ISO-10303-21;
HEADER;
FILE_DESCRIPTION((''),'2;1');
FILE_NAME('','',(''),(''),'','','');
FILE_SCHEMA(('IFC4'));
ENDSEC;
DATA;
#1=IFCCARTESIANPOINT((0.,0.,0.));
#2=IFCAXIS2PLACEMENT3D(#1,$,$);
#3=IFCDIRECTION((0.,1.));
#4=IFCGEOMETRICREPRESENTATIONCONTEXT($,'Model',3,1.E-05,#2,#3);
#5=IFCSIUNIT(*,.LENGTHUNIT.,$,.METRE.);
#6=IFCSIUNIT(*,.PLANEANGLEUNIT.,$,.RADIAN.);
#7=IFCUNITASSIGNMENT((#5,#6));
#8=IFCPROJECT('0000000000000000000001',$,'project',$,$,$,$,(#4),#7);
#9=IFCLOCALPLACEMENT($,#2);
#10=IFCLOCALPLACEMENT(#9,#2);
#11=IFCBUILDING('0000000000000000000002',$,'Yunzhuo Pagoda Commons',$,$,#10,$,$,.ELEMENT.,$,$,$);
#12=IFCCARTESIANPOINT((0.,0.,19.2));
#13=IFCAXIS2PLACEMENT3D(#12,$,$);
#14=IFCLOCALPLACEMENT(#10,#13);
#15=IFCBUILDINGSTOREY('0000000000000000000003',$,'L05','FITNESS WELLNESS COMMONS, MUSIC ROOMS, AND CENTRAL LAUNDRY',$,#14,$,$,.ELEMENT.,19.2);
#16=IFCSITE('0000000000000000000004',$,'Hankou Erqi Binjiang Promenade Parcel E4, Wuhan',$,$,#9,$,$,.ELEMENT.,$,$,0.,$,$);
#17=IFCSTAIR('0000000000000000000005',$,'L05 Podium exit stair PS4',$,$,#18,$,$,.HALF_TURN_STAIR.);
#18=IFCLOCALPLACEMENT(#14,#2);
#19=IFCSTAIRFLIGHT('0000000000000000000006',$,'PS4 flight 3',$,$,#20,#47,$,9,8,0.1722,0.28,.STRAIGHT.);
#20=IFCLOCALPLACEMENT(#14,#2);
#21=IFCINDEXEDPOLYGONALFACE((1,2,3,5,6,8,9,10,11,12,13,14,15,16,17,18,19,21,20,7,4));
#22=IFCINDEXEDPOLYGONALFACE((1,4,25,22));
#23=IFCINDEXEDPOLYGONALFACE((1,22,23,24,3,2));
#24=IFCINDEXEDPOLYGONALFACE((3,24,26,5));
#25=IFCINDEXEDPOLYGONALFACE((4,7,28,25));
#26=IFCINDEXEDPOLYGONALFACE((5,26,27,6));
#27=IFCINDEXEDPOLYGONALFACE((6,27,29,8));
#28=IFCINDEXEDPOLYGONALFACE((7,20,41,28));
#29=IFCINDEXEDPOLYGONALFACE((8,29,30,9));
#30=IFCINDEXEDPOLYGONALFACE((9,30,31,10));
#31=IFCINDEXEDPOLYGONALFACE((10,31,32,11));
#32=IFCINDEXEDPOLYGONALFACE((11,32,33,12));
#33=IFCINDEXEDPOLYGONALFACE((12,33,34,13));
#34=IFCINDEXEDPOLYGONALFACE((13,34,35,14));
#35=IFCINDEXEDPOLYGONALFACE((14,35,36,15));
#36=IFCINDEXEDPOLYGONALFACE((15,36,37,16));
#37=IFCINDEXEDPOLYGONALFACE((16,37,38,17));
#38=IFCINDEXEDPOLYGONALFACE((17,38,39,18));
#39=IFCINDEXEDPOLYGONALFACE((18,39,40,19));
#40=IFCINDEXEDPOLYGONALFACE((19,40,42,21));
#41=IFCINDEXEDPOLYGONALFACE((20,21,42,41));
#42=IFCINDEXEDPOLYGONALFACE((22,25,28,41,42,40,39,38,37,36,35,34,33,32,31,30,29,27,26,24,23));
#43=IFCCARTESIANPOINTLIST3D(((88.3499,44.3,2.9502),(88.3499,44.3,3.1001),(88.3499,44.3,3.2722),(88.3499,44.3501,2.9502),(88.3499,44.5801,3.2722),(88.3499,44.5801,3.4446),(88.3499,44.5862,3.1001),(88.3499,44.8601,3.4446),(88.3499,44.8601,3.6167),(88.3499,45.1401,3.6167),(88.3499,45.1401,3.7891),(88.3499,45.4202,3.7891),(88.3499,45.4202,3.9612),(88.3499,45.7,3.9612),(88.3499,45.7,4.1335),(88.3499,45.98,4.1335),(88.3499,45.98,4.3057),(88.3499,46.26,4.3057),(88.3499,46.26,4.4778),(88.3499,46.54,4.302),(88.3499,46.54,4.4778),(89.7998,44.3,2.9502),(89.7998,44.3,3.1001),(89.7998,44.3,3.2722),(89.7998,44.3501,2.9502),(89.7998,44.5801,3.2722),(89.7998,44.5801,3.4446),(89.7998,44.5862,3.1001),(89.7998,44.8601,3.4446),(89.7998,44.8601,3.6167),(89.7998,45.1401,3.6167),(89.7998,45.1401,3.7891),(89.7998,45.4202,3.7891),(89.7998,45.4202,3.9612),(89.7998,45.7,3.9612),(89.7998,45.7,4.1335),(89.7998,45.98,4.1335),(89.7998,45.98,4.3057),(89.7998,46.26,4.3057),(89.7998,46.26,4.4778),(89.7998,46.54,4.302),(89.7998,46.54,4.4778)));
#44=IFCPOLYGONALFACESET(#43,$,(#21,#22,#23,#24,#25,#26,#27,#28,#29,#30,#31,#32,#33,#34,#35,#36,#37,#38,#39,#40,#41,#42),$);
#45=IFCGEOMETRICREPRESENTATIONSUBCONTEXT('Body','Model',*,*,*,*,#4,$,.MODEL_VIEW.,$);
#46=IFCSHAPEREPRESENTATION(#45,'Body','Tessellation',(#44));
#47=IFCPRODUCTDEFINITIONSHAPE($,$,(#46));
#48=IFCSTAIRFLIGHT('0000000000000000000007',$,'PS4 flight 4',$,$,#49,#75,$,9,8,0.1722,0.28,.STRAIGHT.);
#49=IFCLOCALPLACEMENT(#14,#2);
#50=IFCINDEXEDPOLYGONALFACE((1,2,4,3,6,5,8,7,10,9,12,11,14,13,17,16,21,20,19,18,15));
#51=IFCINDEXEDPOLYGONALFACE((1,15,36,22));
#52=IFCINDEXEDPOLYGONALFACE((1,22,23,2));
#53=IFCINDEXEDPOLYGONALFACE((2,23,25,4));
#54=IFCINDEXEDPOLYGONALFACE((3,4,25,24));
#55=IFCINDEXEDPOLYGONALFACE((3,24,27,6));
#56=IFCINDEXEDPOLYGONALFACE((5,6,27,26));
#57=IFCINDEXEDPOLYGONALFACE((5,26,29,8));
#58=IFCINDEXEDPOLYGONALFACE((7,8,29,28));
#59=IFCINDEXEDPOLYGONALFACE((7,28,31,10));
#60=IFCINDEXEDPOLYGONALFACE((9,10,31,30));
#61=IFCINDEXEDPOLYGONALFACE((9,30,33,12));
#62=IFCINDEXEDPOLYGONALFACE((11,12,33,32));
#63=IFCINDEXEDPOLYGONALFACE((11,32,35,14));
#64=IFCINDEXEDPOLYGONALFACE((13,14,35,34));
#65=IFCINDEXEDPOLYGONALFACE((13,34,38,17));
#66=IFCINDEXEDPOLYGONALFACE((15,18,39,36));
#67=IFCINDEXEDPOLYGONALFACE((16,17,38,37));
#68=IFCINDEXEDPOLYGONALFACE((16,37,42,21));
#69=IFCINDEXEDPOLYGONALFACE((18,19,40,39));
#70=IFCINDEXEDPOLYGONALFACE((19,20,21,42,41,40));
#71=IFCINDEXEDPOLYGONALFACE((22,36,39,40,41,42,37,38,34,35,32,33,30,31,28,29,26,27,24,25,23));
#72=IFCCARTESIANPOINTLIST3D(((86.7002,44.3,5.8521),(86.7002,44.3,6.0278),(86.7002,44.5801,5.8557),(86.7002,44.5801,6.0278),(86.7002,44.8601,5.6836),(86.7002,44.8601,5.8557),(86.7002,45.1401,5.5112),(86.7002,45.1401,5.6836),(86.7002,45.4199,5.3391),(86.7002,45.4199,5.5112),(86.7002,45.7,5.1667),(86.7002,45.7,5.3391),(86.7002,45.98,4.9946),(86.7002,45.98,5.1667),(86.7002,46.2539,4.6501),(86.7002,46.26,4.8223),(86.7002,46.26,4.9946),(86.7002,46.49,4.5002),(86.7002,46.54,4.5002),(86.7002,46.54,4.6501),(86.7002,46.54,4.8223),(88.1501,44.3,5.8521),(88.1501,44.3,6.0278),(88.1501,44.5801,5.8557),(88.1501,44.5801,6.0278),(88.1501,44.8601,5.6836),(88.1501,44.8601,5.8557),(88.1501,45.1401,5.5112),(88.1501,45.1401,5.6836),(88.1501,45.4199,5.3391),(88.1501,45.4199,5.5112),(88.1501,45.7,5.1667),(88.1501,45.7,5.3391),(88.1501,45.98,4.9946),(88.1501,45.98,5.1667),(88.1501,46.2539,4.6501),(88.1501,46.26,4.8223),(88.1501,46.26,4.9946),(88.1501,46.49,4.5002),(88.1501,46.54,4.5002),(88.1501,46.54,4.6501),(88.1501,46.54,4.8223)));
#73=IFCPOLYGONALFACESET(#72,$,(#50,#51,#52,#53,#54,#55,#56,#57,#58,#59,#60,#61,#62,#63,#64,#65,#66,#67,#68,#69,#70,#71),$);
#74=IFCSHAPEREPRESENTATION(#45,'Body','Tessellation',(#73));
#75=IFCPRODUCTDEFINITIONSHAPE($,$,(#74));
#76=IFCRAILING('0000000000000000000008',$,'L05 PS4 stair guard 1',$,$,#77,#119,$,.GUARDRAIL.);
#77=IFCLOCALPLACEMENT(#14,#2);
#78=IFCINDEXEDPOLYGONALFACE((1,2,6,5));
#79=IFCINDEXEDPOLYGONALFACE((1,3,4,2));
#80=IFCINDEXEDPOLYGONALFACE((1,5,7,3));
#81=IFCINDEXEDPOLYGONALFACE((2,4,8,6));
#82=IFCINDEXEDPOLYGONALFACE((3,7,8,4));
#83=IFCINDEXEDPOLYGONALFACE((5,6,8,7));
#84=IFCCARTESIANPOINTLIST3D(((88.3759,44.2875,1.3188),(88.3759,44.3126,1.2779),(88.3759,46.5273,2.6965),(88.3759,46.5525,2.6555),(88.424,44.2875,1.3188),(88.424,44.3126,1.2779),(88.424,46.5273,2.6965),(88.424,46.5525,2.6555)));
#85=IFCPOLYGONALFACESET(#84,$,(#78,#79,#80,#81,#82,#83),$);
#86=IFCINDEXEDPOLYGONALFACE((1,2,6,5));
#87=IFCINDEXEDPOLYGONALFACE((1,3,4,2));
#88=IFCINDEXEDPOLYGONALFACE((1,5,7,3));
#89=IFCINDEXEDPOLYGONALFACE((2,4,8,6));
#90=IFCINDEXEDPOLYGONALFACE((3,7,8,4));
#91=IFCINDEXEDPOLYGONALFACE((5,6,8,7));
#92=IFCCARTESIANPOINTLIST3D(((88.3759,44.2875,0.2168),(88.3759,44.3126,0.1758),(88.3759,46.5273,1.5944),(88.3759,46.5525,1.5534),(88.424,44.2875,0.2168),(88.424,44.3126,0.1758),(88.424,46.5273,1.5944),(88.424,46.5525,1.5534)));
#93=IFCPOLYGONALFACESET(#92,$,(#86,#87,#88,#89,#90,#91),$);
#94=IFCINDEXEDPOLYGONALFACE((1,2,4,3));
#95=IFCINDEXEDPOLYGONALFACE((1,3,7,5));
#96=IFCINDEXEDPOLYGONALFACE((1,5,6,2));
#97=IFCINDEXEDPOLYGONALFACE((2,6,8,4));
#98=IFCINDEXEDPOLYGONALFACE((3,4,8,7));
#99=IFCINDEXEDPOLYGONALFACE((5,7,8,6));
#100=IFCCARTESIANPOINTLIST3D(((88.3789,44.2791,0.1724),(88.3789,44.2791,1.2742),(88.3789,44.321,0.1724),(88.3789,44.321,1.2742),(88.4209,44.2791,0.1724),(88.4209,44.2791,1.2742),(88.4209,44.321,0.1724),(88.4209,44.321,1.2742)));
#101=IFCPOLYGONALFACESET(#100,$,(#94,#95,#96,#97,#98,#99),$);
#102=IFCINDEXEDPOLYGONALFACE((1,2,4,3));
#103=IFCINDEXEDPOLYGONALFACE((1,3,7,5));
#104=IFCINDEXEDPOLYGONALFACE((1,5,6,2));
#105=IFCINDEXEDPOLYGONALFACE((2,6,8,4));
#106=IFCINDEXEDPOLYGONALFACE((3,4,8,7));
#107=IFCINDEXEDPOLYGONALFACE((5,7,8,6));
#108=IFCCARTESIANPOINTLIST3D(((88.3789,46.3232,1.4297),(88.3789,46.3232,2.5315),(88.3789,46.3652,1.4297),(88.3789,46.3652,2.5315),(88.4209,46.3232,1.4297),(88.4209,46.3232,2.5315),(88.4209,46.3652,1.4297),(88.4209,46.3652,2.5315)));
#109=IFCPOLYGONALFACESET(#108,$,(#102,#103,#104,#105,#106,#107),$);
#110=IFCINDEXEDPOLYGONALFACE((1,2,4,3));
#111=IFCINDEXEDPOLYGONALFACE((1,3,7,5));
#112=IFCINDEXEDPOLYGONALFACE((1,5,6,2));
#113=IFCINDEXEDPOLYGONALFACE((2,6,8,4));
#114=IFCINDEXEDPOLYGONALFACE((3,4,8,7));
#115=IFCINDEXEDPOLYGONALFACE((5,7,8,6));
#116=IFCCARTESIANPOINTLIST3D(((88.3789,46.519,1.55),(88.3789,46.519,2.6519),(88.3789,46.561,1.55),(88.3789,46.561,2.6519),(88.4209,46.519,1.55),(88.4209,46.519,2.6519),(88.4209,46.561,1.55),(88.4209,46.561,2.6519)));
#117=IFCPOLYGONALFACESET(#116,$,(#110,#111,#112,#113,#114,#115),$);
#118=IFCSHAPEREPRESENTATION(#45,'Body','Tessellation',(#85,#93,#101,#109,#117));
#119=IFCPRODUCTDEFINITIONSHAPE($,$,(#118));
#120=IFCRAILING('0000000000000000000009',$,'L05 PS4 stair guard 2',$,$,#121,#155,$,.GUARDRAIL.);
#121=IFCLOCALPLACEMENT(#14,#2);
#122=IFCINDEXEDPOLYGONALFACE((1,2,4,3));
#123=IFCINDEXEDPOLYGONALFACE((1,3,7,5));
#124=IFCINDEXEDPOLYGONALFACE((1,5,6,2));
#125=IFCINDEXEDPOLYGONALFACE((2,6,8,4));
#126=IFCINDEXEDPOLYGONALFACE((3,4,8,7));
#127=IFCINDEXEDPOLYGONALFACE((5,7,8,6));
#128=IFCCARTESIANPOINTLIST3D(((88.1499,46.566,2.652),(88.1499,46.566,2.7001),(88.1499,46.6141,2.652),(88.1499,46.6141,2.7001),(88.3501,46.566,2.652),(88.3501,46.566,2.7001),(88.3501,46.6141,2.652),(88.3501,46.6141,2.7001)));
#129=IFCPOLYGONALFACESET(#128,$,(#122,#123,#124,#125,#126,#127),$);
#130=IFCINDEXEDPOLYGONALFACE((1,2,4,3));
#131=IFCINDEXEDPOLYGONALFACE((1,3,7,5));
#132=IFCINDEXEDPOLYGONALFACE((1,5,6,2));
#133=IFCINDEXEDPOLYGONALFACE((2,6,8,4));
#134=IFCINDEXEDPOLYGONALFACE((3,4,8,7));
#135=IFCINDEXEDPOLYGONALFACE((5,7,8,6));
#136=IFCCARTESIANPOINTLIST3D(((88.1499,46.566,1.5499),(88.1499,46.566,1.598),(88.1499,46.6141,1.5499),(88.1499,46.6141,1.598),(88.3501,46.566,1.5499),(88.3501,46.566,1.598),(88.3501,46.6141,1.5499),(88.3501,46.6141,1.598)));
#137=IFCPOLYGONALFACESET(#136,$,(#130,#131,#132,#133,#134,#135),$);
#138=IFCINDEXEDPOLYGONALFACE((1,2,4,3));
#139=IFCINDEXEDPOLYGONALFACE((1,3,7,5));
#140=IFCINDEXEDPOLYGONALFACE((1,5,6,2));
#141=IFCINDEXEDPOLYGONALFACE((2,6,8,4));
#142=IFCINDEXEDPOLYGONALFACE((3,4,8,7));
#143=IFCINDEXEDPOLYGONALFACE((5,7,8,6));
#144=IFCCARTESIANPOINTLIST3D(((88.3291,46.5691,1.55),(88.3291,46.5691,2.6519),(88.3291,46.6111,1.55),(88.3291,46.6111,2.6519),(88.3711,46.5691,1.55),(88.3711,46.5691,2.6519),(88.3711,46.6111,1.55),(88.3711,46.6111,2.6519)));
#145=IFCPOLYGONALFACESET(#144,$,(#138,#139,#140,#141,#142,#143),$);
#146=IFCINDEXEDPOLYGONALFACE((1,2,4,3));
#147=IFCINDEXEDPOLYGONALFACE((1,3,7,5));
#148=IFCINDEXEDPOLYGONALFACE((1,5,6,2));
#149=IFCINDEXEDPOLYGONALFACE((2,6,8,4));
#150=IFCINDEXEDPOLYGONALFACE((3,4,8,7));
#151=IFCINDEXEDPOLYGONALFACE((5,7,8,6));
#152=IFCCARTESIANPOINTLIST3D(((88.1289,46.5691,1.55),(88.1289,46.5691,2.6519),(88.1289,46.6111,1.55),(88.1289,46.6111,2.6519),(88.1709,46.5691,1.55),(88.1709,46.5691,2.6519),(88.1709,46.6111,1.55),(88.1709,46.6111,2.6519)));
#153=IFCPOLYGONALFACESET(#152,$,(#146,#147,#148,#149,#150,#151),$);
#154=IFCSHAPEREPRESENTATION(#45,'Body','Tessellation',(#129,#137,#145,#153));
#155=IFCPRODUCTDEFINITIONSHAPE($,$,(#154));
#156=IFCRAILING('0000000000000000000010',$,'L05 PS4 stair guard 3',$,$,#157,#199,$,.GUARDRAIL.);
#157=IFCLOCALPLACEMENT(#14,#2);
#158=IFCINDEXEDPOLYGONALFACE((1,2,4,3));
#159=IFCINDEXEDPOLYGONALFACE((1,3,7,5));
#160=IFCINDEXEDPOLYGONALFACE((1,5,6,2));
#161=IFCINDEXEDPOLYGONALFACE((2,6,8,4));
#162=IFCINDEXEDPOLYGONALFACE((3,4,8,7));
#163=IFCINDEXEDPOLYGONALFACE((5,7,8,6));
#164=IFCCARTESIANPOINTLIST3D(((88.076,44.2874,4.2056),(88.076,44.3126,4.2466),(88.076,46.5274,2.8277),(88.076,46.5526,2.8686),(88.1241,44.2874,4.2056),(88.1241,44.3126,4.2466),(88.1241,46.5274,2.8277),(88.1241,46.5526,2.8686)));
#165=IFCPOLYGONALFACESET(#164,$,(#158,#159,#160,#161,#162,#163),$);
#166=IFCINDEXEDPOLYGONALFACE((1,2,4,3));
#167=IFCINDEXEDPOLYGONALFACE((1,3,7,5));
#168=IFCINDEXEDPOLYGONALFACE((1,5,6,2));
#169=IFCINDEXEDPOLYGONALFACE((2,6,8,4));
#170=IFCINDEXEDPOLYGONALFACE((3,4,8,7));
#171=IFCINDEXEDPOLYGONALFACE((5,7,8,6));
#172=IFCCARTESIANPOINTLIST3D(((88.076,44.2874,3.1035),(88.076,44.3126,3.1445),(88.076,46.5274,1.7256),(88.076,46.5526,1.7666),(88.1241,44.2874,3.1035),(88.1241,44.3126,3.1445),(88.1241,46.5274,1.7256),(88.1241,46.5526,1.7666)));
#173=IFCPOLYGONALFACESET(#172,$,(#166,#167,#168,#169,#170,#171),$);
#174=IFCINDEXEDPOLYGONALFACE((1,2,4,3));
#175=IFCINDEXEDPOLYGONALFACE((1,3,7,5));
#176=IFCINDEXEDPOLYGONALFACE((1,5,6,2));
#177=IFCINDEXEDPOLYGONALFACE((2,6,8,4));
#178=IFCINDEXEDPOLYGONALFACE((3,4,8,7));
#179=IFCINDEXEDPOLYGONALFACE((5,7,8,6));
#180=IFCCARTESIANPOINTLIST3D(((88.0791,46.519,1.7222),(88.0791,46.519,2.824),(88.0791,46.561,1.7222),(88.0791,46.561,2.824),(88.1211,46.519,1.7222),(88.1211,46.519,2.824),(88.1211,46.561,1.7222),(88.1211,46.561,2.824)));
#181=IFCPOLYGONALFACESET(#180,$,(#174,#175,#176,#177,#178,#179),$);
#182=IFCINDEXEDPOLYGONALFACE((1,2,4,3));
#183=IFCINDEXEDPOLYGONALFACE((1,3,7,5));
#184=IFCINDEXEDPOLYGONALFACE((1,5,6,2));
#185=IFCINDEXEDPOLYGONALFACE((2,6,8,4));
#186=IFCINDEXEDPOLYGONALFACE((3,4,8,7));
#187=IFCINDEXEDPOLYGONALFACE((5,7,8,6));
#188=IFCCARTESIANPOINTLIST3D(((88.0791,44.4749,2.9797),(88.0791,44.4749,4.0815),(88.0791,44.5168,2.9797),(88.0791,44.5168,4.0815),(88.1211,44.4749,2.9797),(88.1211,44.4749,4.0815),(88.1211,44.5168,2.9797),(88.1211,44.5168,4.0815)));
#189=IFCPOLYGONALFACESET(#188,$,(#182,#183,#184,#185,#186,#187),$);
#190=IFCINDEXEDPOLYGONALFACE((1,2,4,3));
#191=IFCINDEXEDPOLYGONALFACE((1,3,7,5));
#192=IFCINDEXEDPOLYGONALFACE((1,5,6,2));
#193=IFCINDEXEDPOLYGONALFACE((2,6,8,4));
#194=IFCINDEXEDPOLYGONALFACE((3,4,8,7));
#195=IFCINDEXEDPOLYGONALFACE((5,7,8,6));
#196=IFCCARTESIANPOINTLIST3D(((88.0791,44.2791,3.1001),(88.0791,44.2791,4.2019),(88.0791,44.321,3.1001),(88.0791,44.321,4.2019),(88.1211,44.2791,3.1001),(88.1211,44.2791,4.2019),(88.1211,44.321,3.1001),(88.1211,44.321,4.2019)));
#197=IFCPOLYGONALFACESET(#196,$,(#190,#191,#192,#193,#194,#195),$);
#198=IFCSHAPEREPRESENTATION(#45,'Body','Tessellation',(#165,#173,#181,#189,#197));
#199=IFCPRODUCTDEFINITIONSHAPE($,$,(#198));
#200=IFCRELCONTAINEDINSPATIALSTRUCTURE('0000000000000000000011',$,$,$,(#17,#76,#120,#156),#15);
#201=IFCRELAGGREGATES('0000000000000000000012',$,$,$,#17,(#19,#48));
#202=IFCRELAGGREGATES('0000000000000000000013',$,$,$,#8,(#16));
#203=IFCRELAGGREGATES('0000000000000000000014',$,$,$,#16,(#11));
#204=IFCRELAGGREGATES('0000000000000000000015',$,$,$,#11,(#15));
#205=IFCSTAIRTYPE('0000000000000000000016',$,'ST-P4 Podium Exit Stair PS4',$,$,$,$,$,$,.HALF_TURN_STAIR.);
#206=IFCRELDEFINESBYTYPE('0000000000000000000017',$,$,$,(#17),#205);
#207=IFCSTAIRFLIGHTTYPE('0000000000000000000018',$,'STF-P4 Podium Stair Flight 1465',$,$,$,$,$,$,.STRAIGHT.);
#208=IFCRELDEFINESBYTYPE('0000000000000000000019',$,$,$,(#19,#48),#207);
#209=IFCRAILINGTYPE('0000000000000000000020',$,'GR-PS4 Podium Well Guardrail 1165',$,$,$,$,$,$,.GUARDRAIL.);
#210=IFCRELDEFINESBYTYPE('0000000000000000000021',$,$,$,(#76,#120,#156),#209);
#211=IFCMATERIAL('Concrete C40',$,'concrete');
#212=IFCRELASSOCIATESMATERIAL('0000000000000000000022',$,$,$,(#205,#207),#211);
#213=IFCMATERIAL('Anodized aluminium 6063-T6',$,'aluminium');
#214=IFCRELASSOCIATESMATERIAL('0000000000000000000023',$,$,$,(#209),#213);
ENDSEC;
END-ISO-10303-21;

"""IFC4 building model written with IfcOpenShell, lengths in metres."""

from ifc_helpers import new_model, si_unit, direction, frame, origin, origin_2d, place, context, subcontext, project, spatial, polyline, rectangle, outline, extrude, source, transform, mapped, material, type_object, element, aggregate, save


model = new_model("IFC4")

# Units and contexts
model_context = context("Model", 3, precision=1e-05, world=origin(), true_north=direction((0.0, 1.0)))
body_context = subcontext(model_context, "Body", "Model", "MODEL_VIEW")
ifc_project = project(units=[si_unit("LENGTHUNIT", "METRE"), si_unit("PLANEANGLEUNIT", "RADIAN")], contexts=[model_context])

# Site, building, storey
site_placement = place(None, origin())
site = spatial("IfcSite", under=ifc_project, at=site_placement, Name="Hankou Erqi Binjiang Promenade Parcel E4, Wuhan", CompositionType="ELEMENT", RefElevation=0.0)
building_placement = place(site_placement, origin())
building = spatial("IfcBuilding", under=site, at=building_placement, Name="Yunzhuo Pagoda Commons", CompositionType="ELEMENT")
storey_placement = place(building_placement, frame((0.0, 0.0, 19.2)))
storey = spatial("IfcBuildingStorey", under=building, at=storey_placement, Name="L05", Description="FITNESS WELLNESS COMMONS, MUSIC ROOMS, AND CENTRAL LAUNDRY", CompositionType="ELEMENT", Elevation=19.2)

# Stair, stair flights
ifc_material_1 = material(Name="Concrete C40", Category="concrete")
stair_type = type_object("IfcStairType", Name="ST-P4 Podium Exit Stair PS4", PredefinedType="HALF_TURN_STAIR", material=ifc_material_1)
stair_placement = place(storey_placement, origin())
stair = element("IfcStair", 1, at=stair_placement, inside=storey, type_object=stair_type, Name="L05 Podium exit stair PS4", PredefinedType="HALF_TURN_STAIR")
stair_flight_type = type_object("IfcStairFlightType", Name="STF-P4 Podium Stair Flight 1465", PredefinedType="STRAIGHT", material=ifc_material_1)
shared_shape_1 = source(origin(), body_context, "Body", "SweptSolid", [
    extrude(outline(polyline([(0.0, -0.1499), (0.0, 0.0), (0.0, 0.1721), (0.28, 0.1721), (0.28, 0.3445), (0.5601, 0.3445), (0.5601, 0.5166), (0.8401, 0.5166), (0.8401, 0.689), (1.1201, 0.689), (1.1201, 0.8611), (1.3999, 0.8611), (1.3999, 1.0334), (1.6799, 1.0334), (1.6799, 1.2056), (1.96, 1.2056), (1.96, 1.3777), (2.24, 1.3777), (2.24, 1.55), (2.24, 1.2019), (0.2861, 0.0), (0.05, -0.1499), (0.0, -0.1499)])), frame((0.0, 0.7251, 0.0), z_axis=(0.0, -1.0, 0.0), x_axis=(1.0, 0.0, 0.0)), (0.0, 0.0, 1.0), 1.45),
])
stair_flight_1_placement = place(storey_placement, frame((89.075, 44.3, 3.1001), z_axis=(0.0, 0.0, 1.0), x_axis=(0.0, 1.0, 0.0)))
stair_flight_1 = element("IfcStairFlight", 2, at=stair_flight_1_placement, type_object=stair_flight_type, Name="PS4 flight 3", NumberOfRisers=9, NumberOfTreads=8, PredefinedType="STRAIGHT", RiserHeight=0.1722, TreadLength=0.28, context=body_context, shape_type="MappedRepresentation", body=[
    mapped(shared_shape_1, transform((0.0, 0.0, 0.0), scale=1.0)),
])
stair_flight_2_placement = place(storey_placement, frame((87.425, 46.54, 4.6501), z_axis=(0.0, 0.0, 1.0), x_axis=(0.0, -1.0, 0.0)))
stair_flight_2 = element("IfcStairFlight", 3, at=stair_flight_2_placement, type_object=stair_flight_type, Name="PS4 flight 4", NumberOfRisers=9, NumberOfTreads=8, PredefinedType="STRAIGHT", RiserHeight=0.1722, TreadLength=0.28, context=body_context, shape_type="MappedRepresentation", body=[
    mapped(shared_shape_1, transform((0.0, 0.0, 0.0), scale=1.0)),
])
aggregate(stair, [stair_flight_1, stair_flight_2])

# Railings
ifc_material_2 = material(Name="Anodized aluminium 6063-T6", Category="aluminium")
railing_type_1 = type_object("IfcRailingType", Name="GR-PS4 Podium Well Guardrail 1165", PredefinedType="GUARDRAIL", material=ifc_material_2)
railing_1_placement = place(storey_placement, frame((88.3999, 44.3, 0.1724)))
element("IfcRailing", 4, at=railing_1_placement, inside=storey, type_object=railing_type_1, Name="L05 PS4 stair guard 1", PredefinedType="GUARDRAIL", context=body_context, shape_type="SweptSolid", body=[
    extrude(rectangle(XDim=0.0481, YDim=0.0481, at=origin_2d()), frame((0.0, 0.0, 1.126), z_axis=(0.0, 0.851789, 0.523885), x_axis=(-1.0, 0.0, 0.0)), (0.0, 0.0, 1.0), 2.6296),
    extrude(rectangle(XDim=0.0481, YDim=0.0481, at=origin_2d()), frame((0.0, 0.0, 0.0239), z_axis=(0.0, 0.851789, 0.523885), x_axis=(-1.0, 0.0, 0.0)), (0.0, 0.0, 1.0), 2.6296),
    extrude(rectangle(XDim=0.042, YDim=0.042, at=origin_2d()), origin(), (0.0, 0.0, 1.0), 1.1018),
    extrude(rectangle(XDim=0.042, YDim=0.042, at=origin_2d()), frame((0.0, 2.0442, 1.2573)), (0.0, 0.0, 1.0), 1.1018),
    extrude(rectangle(XDim=0.042, YDim=0.042, at=origin_2d()), frame((0.0, 2.24, 1.3777)), (0.0, 0.0, 1.0), 1.1018),
])
railing_2_placement = place(storey_placement, frame((88.3501, 46.5901, 1.55)))
element("IfcRailing", 5, at=railing_2_placement, inside=storey, type_object=railing_type_1, Name="L05 PS4 stair guard 2", PredefinedType="GUARDRAIL", context=body_context, shape_type="SweptSolid", body=[
    extrude(rectangle(XDim=0.0481, YDim=0.0481, at=origin_2d()), frame((0.0, 0.0, 1.126), z_axis=(-1.0, 0.0, 0.0), x_axis=(0.0, -1.0, 0.0)), (0.0, 0.0, 1.0), 0.2002),
    extrude(rectangle(XDim=0.0481, YDim=0.0481, at=origin_2d()), frame((0.0, 0.0, 0.0239), z_axis=(-1.0, 0.0, 0.0), x_axis=(0.0, -1.0, 0.0)), (0.0, 0.0, 1.0), 0.2002),
    extrude(rectangle(XDim=0.042, YDim=0.042, at=origin_2d()), origin(), (0.0, 0.0, 1.0), 1.1018),
    extrude(rectangle(XDim=0.042, YDim=0.042, at=origin_2d()), frame((-0.2002, 0.0, 0.0)), (0.0, 0.0, 1.0), 1.1018),
])
railing_3_placement = place(storey_placement, frame((88.1001, 46.54, 1.7222)))
element("IfcRailing", 6, at=railing_3_placement, inside=storey, type_object=railing_type_1, Name="L05 PS4 stair guard 3", PredefinedType="GUARDRAIL", context=body_context, shape_type="SweptSolid", body=[
    extrude(rectangle(XDim=0.0481, YDim=0.0481, at=origin_2d()), frame((0.0, 0.0, 1.126), z_axis=(0.0, -0.851748, 0.523952), x_axis=(1.0, 0.0, 0.0)), (0.0, 0.0, 1.0), 2.6299),
    extrude(rectangle(XDim=0.0481, YDim=0.0481, at=origin_2d()), frame((0.0, 0.0, 0.0239), z_axis=(0.0, -0.851748, 0.523952), x_axis=(1.0, 0.0, 0.0)), (0.0, 0.0, 1.0), 2.6299),
    extrude(rectangle(XDim=0.042, YDim=0.042, at=origin_2d()), origin(), (0.0, 0.0, 1.0), 1.1018),
    extrude(rectangle(XDim=0.042, YDim=0.042, at=origin_2d()), frame((0.0, -2.0442, 1.2576)), (0.0, 0.0, 1.0), 1.1018),
    extrude(rectangle(XDim=0.042, YDim=0.042, at=origin_2d()), frame((0.0, -2.24, 1.3779)), (0.0, 0.0, 1.0), 1.1018),
])

save(model, "model.ifc")
